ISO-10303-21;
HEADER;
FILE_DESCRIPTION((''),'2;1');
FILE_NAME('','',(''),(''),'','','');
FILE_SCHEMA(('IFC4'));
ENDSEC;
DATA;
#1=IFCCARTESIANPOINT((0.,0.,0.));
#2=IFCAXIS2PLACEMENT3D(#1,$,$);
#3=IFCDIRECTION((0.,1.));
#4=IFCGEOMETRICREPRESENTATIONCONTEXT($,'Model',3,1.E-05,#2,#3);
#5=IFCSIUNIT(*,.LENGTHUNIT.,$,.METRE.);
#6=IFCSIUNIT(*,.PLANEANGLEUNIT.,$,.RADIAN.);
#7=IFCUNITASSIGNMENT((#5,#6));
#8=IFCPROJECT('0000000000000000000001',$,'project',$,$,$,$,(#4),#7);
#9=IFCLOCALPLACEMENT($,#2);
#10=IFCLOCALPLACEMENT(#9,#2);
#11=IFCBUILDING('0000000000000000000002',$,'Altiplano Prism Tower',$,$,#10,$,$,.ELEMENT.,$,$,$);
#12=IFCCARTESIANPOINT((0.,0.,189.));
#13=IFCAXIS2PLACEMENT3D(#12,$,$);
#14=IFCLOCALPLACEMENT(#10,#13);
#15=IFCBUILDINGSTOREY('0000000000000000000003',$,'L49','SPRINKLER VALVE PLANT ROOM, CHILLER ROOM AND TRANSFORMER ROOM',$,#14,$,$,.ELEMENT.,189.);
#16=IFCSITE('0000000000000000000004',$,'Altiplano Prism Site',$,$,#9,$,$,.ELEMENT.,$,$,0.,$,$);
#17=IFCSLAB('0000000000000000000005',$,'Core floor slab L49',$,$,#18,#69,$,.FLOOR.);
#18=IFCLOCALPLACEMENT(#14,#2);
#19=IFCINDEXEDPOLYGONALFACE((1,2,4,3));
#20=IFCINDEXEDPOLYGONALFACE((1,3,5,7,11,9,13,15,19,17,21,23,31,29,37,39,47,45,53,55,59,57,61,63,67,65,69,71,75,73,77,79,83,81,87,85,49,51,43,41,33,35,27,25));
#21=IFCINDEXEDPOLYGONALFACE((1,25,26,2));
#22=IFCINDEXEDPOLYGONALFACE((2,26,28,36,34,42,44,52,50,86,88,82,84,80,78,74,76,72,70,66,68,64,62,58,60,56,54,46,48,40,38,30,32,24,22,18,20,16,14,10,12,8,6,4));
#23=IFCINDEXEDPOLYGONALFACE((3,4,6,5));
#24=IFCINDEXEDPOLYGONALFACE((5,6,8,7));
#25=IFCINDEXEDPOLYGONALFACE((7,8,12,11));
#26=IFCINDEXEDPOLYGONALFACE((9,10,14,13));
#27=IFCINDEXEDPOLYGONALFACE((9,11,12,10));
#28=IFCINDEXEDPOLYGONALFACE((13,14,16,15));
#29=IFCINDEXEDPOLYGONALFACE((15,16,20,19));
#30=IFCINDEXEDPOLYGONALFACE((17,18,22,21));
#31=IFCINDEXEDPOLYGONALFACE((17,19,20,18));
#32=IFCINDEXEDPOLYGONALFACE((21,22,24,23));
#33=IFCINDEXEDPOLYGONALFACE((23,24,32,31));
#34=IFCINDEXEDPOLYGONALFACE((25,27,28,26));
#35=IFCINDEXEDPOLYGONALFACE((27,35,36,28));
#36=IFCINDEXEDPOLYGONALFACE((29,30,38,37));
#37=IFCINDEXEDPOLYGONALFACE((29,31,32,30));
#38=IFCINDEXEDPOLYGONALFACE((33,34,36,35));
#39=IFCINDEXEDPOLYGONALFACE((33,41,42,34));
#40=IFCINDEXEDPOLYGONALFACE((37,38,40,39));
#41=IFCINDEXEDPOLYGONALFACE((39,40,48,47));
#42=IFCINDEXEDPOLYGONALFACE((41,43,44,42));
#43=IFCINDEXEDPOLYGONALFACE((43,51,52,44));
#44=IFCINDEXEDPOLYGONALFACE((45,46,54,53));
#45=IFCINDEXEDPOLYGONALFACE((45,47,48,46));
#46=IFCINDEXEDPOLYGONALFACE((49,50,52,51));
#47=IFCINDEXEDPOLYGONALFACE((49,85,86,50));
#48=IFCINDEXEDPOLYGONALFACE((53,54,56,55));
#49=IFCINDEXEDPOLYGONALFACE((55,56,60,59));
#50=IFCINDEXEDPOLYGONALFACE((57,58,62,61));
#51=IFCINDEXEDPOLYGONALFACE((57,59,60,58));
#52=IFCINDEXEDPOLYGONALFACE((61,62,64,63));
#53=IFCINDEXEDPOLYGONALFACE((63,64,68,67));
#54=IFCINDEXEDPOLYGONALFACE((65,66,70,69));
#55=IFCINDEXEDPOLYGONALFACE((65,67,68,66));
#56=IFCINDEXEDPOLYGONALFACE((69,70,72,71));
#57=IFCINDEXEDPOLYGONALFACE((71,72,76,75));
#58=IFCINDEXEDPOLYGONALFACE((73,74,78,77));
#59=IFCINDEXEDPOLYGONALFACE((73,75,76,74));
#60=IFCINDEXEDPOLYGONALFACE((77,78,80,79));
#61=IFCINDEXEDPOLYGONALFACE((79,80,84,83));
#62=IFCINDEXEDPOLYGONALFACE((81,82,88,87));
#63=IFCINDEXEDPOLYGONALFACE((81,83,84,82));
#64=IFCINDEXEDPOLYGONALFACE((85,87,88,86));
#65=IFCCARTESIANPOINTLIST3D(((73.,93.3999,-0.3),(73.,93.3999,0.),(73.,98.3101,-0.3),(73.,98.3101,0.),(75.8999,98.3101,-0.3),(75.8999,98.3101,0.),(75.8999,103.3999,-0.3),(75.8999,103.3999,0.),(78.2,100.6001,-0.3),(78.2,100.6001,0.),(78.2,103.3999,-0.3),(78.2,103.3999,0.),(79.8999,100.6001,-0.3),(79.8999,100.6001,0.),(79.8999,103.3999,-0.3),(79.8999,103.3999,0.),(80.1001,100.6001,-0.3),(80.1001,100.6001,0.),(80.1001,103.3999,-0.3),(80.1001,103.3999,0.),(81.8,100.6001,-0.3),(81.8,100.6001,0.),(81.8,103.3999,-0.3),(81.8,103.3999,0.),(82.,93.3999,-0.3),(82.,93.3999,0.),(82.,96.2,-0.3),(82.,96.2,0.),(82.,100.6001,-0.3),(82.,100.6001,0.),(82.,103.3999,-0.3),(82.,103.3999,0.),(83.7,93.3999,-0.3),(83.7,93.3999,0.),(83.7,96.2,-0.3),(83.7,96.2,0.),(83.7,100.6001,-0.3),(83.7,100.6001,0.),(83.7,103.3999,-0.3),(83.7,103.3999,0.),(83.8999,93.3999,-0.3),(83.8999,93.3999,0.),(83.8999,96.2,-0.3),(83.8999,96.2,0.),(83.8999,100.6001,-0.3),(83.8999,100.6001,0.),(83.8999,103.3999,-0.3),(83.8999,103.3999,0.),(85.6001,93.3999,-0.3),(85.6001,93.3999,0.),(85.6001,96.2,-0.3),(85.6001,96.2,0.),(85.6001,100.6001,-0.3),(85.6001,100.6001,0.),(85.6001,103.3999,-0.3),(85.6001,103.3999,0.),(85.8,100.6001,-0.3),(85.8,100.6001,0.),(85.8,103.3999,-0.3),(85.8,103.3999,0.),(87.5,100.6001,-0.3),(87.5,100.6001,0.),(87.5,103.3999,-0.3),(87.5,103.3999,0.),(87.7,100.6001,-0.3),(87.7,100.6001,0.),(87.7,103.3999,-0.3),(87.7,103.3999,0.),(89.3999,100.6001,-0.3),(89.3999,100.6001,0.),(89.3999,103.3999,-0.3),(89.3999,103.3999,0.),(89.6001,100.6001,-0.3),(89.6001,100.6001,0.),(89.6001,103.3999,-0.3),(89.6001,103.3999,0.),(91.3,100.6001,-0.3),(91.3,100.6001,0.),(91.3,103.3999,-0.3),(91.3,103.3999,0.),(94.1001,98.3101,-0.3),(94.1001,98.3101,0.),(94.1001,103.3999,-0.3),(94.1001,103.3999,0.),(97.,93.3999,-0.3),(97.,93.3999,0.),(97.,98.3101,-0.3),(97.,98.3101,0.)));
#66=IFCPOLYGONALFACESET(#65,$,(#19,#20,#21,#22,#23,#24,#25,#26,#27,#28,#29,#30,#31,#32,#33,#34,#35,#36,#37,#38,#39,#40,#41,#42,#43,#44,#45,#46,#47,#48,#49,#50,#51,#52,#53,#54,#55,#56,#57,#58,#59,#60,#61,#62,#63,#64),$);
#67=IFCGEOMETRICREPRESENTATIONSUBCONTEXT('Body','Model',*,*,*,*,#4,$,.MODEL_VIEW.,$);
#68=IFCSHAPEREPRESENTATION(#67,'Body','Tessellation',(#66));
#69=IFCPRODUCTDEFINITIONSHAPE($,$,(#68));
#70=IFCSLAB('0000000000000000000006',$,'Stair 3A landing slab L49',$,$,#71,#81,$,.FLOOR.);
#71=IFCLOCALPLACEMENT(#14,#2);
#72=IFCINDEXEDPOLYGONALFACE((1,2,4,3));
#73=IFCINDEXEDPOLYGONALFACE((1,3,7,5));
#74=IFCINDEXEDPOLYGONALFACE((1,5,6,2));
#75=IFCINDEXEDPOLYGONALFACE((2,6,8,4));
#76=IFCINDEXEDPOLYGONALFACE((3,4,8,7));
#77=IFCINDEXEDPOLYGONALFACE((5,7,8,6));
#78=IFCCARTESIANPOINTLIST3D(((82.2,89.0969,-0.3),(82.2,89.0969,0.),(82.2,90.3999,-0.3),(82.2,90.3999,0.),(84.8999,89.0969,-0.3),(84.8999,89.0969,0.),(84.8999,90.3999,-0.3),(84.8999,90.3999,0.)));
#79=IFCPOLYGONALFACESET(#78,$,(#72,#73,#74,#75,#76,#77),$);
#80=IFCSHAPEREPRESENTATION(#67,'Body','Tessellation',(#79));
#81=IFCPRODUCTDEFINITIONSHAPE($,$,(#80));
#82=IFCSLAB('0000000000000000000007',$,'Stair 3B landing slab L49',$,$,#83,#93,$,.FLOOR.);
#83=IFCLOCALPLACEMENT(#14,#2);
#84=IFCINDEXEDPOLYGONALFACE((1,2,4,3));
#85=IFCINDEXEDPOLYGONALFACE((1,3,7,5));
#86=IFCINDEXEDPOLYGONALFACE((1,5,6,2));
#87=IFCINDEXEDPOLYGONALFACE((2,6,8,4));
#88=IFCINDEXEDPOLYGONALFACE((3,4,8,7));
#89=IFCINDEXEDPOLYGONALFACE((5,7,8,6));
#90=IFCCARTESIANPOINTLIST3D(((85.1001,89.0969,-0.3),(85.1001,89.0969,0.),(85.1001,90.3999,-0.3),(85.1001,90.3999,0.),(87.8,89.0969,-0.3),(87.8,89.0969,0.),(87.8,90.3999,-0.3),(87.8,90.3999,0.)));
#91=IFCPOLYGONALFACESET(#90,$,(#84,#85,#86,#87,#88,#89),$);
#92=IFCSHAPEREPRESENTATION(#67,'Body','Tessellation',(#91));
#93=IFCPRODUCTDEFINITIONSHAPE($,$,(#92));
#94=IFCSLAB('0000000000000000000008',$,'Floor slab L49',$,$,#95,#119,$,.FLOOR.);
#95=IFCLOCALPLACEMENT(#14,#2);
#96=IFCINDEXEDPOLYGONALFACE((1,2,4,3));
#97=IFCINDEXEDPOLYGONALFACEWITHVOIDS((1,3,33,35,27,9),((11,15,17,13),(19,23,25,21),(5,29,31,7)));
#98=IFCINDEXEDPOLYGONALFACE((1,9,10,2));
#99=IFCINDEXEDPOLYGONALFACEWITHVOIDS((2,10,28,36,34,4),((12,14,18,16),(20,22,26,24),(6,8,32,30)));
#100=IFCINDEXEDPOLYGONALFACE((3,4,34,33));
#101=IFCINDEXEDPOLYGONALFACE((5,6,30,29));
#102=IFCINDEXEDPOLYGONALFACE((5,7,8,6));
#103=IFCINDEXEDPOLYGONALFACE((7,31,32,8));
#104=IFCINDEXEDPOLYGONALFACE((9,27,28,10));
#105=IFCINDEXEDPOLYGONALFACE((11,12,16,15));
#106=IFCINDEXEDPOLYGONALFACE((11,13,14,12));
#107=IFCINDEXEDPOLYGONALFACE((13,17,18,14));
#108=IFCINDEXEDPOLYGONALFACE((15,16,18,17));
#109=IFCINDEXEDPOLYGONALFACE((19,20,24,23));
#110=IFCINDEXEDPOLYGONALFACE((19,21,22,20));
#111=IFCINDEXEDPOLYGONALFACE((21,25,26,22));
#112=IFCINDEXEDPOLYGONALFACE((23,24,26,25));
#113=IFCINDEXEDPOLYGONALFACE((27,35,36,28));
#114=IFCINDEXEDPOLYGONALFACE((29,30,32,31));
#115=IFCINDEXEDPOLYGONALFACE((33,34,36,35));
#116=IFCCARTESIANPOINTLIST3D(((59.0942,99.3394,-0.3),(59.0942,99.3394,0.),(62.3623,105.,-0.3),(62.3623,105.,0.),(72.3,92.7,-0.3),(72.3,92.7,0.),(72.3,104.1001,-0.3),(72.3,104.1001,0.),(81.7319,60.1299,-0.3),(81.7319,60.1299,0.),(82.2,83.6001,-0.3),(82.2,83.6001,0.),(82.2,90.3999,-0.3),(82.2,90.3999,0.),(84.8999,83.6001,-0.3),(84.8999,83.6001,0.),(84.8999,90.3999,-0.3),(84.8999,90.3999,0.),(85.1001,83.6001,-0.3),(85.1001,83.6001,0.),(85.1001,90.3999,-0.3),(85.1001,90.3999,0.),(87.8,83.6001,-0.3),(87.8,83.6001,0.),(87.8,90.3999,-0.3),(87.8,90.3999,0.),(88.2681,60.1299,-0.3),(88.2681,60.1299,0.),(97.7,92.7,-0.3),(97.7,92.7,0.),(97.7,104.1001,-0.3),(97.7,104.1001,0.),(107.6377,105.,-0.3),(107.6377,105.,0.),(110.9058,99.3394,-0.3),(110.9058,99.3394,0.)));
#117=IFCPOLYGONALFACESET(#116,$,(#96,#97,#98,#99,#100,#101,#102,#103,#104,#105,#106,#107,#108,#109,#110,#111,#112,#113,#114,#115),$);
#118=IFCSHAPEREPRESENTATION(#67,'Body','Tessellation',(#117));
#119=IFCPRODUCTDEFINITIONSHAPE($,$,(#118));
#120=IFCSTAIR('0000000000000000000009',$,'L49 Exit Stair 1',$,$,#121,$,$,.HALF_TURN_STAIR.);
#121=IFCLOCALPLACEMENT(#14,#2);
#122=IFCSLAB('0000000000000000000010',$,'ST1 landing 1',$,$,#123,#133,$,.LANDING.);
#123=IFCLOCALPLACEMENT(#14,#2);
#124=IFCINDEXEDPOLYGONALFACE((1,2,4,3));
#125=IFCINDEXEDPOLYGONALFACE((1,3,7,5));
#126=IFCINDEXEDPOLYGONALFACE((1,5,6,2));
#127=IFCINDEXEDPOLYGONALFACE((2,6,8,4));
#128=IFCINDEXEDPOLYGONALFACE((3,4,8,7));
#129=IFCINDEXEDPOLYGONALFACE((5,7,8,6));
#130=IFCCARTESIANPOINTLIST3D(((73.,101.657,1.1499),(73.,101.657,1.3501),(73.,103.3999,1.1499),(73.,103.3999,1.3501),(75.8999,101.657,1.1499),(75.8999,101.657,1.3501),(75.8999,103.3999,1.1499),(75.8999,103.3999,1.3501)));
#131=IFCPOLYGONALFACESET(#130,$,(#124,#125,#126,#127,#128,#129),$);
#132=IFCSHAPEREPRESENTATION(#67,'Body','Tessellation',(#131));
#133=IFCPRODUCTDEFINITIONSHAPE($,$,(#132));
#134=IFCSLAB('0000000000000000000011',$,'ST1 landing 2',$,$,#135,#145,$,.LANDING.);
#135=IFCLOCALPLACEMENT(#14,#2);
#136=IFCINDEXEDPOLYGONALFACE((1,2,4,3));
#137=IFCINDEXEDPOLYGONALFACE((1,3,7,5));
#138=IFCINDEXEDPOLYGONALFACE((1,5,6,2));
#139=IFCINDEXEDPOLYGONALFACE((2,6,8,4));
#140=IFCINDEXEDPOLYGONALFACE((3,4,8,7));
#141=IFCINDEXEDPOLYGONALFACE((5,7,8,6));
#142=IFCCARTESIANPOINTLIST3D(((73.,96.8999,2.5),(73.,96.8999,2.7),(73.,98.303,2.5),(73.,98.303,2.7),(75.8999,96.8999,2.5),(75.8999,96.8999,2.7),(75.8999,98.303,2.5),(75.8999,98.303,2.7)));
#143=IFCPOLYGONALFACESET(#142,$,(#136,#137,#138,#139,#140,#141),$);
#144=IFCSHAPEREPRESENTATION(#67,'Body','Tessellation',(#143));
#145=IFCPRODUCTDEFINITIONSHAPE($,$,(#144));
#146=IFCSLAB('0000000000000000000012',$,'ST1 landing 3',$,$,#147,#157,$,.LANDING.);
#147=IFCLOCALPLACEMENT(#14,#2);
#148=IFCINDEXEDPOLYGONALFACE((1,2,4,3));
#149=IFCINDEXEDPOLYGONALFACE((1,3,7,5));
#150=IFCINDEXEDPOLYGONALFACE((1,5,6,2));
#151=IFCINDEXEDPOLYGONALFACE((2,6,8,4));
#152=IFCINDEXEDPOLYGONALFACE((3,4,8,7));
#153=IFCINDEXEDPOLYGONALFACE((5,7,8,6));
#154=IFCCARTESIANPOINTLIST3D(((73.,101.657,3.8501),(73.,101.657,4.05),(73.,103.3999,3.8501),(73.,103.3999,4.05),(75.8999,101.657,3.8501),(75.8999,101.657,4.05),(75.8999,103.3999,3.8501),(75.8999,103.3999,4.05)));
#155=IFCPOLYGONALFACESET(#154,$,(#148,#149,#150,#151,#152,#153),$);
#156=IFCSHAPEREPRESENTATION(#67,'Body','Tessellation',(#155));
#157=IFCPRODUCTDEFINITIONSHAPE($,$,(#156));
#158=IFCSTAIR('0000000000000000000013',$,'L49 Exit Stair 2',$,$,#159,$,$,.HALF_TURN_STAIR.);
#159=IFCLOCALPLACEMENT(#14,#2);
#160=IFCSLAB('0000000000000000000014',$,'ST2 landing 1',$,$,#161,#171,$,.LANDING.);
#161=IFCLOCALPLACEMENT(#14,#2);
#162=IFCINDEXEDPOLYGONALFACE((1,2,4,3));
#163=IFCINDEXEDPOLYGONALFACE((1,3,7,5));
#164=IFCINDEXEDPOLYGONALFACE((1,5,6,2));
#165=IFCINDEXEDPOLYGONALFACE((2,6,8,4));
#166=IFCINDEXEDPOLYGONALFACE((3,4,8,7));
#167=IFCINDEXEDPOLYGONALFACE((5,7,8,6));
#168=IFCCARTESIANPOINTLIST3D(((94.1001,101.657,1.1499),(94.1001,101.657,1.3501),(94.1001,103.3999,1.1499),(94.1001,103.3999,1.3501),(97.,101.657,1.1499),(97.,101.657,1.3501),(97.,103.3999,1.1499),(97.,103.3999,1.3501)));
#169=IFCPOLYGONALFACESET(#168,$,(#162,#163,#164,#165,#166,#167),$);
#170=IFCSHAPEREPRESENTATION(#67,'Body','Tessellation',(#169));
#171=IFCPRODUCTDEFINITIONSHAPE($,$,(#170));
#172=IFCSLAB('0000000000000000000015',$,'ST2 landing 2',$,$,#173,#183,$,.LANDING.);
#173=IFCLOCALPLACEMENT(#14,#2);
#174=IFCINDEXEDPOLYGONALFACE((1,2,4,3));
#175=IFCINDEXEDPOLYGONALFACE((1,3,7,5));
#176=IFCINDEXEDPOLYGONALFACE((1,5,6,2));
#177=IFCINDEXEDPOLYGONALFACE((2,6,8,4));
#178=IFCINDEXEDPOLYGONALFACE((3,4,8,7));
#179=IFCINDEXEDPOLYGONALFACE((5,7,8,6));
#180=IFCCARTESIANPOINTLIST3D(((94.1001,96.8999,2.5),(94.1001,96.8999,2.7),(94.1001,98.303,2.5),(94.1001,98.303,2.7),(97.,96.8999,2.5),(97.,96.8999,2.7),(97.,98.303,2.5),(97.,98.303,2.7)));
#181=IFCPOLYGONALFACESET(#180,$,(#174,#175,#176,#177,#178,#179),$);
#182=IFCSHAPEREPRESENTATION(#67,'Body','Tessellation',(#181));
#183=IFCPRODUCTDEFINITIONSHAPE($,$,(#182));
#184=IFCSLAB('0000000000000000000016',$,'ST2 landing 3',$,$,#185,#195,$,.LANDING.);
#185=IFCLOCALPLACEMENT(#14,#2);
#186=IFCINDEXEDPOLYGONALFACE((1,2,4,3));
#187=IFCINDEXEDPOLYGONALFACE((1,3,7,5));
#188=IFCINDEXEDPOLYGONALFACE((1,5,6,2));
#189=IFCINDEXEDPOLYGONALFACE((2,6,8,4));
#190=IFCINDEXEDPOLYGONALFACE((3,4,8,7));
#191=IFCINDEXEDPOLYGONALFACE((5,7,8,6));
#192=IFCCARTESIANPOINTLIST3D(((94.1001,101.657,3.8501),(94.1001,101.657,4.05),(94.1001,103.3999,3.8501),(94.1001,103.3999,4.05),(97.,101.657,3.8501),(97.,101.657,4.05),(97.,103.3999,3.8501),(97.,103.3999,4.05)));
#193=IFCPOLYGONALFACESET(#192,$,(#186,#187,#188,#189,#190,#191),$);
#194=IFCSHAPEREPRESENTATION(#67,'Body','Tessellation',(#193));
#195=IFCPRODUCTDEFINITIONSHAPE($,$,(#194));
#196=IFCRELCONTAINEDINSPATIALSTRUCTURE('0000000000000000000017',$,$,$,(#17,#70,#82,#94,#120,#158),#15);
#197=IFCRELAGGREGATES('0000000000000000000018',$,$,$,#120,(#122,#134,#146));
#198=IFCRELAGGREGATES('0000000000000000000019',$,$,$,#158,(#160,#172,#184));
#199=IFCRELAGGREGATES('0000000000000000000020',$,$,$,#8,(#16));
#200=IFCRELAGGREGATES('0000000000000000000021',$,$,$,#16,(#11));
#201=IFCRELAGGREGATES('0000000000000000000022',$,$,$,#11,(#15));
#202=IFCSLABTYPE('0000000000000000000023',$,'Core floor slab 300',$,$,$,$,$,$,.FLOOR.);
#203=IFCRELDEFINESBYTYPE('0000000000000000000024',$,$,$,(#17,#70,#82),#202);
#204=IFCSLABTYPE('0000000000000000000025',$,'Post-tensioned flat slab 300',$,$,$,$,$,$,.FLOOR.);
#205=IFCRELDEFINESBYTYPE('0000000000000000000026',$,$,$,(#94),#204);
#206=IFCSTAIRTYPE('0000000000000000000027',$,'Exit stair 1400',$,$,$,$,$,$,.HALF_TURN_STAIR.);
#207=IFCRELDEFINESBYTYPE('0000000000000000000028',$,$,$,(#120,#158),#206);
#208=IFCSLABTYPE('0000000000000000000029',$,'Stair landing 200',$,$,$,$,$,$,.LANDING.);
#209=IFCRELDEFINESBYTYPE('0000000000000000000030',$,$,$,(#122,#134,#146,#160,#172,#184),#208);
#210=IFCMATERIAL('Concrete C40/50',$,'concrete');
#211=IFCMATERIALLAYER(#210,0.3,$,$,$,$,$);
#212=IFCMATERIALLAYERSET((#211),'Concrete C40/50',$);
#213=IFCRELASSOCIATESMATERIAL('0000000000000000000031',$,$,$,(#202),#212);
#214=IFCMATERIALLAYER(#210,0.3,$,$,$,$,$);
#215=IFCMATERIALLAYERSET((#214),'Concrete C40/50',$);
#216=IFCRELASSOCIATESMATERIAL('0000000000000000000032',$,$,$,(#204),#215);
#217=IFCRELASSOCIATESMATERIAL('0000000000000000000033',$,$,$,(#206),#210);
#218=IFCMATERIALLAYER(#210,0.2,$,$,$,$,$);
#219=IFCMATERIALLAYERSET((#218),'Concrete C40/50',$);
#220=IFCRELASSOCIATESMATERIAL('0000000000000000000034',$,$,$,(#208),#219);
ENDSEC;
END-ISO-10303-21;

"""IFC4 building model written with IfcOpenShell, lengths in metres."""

from ifc_helpers import new_model, si_unit, direction, frame, origin, place, context, subcontext, project, spatial, polyline, outline, extrude, material, layer, layer_set, type_object, element, aggregate, save


model = new_model("IFC4")

# Units and contexts
model_context = context("Model", 3, precision=1e-05, world=origin(), true_north=direction((0.0, 1.0)))
body_context = subcontext(model_context, "Body", "Model", "MODEL_VIEW")
ifc_project = project(units=[si_unit("LENGTHUNIT", "METRE"), si_unit("PLANEANGLEUNIT", "RADIAN")], contexts=[model_context])

# Site, building, storey
site_placement = place(None, origin())
site = spatial("IfcSite", under=ifc_project, at=site_placement, Name="Altiplano Prism Site", CompositionType="ELEMENT", RefElevation=0.0)
building_placement = place(site_placement, origin())
building = spatial("IfcBuilding", under=site, at=building_placement, Name="Altiplano Prism Tower", CompositionType="ELEMENT")
storey_placement = place(building_placement, frame((0.0, 0.0, 189.0)))
storey = spatial("IfcBuildingStorey", under=building, at=storey_placement, Name="L49", Description="SPRINKLER VALVE PLANT ROOM, CHILLER ROOM AND TRANSFORMER ROOM", CompositionType="ELEMENT", Elevation=189.0)

# Slabs
ifc_material_1 = material(Name="Concrete C40/50", Category="concrete")
ifc_layer_1 = layer(ifc_material_1, 0.3)
ifc_layer_set_1 = layer_set([ifc_layer_1], Name="Concrete C40/50")
slab_type_1 = type_object("IfcSlabType", Name="Core floor slab 300", PredefinedType="FLOOR", material=ifc_layer_set_1)
slab_1_placement = place(storey_placement, frame((0.0, 0.0, -0.3)))
element("IfcSlab", 1, at=slab_1_placement, inside=storey, type_object=slab_type_1, Name="Core floor slab L49", PredefinedType="FLOOR", context=body_context, shape_type="SweptSolid", body=[
    extrude(outline(polyline([(97.0, 98.3101), (94.1001, 98.3101), (94.1001, 103.3999), (91.3, 103.3999), (91.3, 100.6001), (89.6001, 100.6001), (89.6001, 103.3999), (89.3999, 103.3999), (89.3999, 100.6001), (87.7, 100.6001), (87.7, 103.3999), (87.5, 103.3999), (87.5, 100.6001), (85.8, 100.6001), (85.8, 103.3999), (85.6001, 103.3999), (85.6001, 100.6001), (83.8999, 100.6001), (83.8999, 103.3999), (83.7, 103.3999), (83.7, 100.6001), (82.0, 100.6001), (82.0, 103.3999), (81.8, 103.3999), (81.8, 100.6001), (80.1001, 100.6001), (80.1001, 103.3999), (79.8999, 103.3999), (79.8999, 100.6001), (78.2, 100.6001), (78.2, 103.3999), (75.8999, 103.3999), (75.8999, 98.3101), (73.0, 98.3101), (73.0, 93.3999), (82.0, 93.3999), (82.0, 96.2), (83.7, 96.2), (83.7, 93.3999), (83.8999, 93.3999), (83.8999, 96.2), (85.6001, 96.2), (85.6001, 93.3999), (97.0, 93.3999), (97.0, 98.3101)])), origin(), (0.0, 0.0, 1.0), 0.3),
])
slab_2_placement = place(storey_placement, frame((0.0, 0.0, -0.3)))
element("IfcSlab", 2, at=slab_2_placement, inside=storey, type_object=slab_type_1, Name="Stair 3A landing slab L49", PredefinedType="FLOOR", context=body_context, shape_type="SweptSolid", body=[
    extrude(outline(polyline([(82.2, 89.0969), (84.8999, 89.0969), (84.8999, 90.3999), (82.2, 90.3999), (82.2, 89.0969)])), origin(), (0.0, 0.0, 1.0), 0.3),
])
slab_3_placement = place(storey_placement, frame((0.0, 0.0, -0.3)))
element("IfcSlab", 3, at=slab_3_placement, inside=storey, type_object=slab_type_1, Name="Stair 3B landing slab L49", PredefinedType="FLOOR", context=body_context, shape_type="SweptSolid", body=[
    extrude(outline(polyline([(85.1001, 89.0969), (87.8, 89.0969), (87.8, 90.3999), (85.1001, 90.3999), (85.1001, 89.0969)])), origin(), (0.0, 0.0, 1.0), 0.3),
])
ifc_layer_2 = layer(ifc_material_1, 0.3)
ifc_layer_set_2 = layer_set([ifc_layer_2], Name="Concrete C40/50")
slab_type_2 = type_object("IfcSlabType", Name="Post-tensioned flat slab 300", PredefinedType="FLOOR", material=ifc_layer_set_2)
slab_4_placement = place(storey_placement, frame((0.0, 0.0, -0.3)))
element("IfcSlab", 4, at=slab_4_placement, inside=storey, type_object=slab_type_2, Name="Floor slab L49", PredefinedType="FLOOR", context=body_context, shape_type="SweptSolid", body=[
    extrude(outline(polyline([(81.7319, 60.1299), (59.0942, 99.3394), (62.3623, 105.0), (107.6377, 105.0), (110.9058, 99.3394), (88.2681, 60.1299), (81.7319, 60.1299)]), holes=[polyline([(72.3, 104.1001), (72.3, 92.7), (97.7, 92.7), (97.7, 104.1001), (72.3, 104.1001)]), polyline([(84.8999, 90.3999), (82.2, 90.3999), (82.2, 83.6001), (84.8999, 83.6001), (84.8999, 90.3999)]), polyline([(87.8, 83.6001), (87.8, 90.3999), (85.1001, 90.3999), (85.1001, 83.6001), (87.8, 83.6001)])]), origin(), (0.0, 0.0, 1.0), 0.3),
])

# Stairs, slabs
stair_type_1 = type_object("IfcStairType", Name="Exit stair 1400", PredefinedType="HALF_TURN_STAIR", material=ifc_material_1)
stair_1_placement = place(storey_placement, origin())
stair_1 = element("IfcStair", 5, at=stair_1_placement, inside=storey, type_object=stair_type_1, Name="L49 Exit Stair 1", PredefinedType="HALF_TURN_STAIR")
ifc_layer_3 = layer(ifc_material_1, 0.2)
ifc_layer_set_3 = layer_set([ifc_layer_3], Name="Concrete C40/50")
slab_type_3 = type_object("IfcSlabType", Name="Stair landing 200", PredefinedType="LANDING", material=ifc_layer_set_3)
slab_5_placement = place(storey_placement, frame((0.0, 0.0, 1.1499)))
slab_5 = element("IfcSlab", 6, at=slab_5_placement, type_object=slab_type_3, Name="ST1 landing 1", PredefinedType="LANDING", context=body_context, shape_type="SweptSolid", body=[
    extrude(outline(polyline([(75.8999, 101.657), (75.8999, 103.3999), (73.0, 103.3999), (73.0, 101.657), (75.8999, 101.657)])), origin(), (0.0, 0.0, 1.0), 0.2002),
])
slab_6_placement = place(storey_placement, frame((0.0, 0.0, 2.5)))
slab_6 = element("IfcSlab", 7, at=slab_6_placement, type_object=slab_type_3, Name="ST1 landing 2", PredefinedType="LANDING", context=body_context, shape_type="SweptSolid", body=[
    extrude(outline(polyline([(75.8999, 96.8999), (75.8999, 98.303), (73.0, 98.303), (73.0, 96.8999), (75.8999, 96.8999)])), origin(), (0.0, 0.0, 1.0), 0.2),
])
slab_7_placement = place(storey_placement, frame((0.0, 0.0, 3.8501)))
slab_7 = element("IfcSlab", 8, at=slab_7_placement, type_object=slab_type_3, Name="ST1 landing 3", PredefinedType="LANDING", context=body_context, shape_type="SweptSolid", body=[
    extrude(outline(polyline([(75.8999, 101.657), (75.8999, 103.3999), (73.0, 103.3999), (73.0, 101.657), (75.8999, 101.657)])), origin(), (0.0, 0.0, 1.0), 0.2),
])
aggregate(stair_1, [slab_5, slab_6, slab_7])
stair_2_placement = place(storey_placement, origin())
stair_2 = element("IfcStair", 9, at=stair_2_placement, inside=storey, type_object=stair_type_1, Name="L49 Exit Stair 2", PredefinedType="HALF_TURN_STAIR")
slab_8_placement = place(storey_placement, frame((0.0, 0.0, 1.1499)))
slab_8 = element("IfcSlab", 10, at=slab_8_placement, type_object=slab_type_3, Name="ST2 landing 1", PredefinedType="LANDING", context=body_context, shape_type="SweptSolid", body=[
    extrude(outline(polyline([(97.0, 101.657), (97.0, 103.3999), (94.1001, 103.3999), (94.1001, 101.657), (97.0, 101.657)])), origin(), (0.0, 0.0, 1.0), 0.2002),
])
slab_9_placement = place(storey_placement, frame((0.0, 0.0, 2.5)))
slab_9 = element("IfcSlab", 11, at=slab_9_placement, type_object=slab_type_3, Name="ST2 landing 2", PredefinedType="LANDING", context=body_context, shape_type="SweptSolid", body=[
    extrude(outline(polyline([(97.0, 96.8999), (97.0, 98.303), (94.1001, 98.303), (94.1001, 96.8999), (97.0, 96.8999)])), origin(), (0.0, 0.0, 1.0), 0.2),
])
slab_10_placement = place(storey_placement, frame((0.0, 0.0, 3.8501)))
slab_10 = element("IfcSlab", 12, at=slab_10_placement, type_object=slab_type_3, Name="ST2 landing 3", PredefinedType="LANDING", context=body_context, shape_type="SweptSolid", body=[
    extrude(outline(polyline([(97.0, 101.657), (97.0, 103.3999), (94.1001, 103.3999), (94.1001, 101.657), (97.0, 101.657)])), origin(), (0.0, 0.0, 1.0), 0.2),
])
aggregate(stair_2, [slab_8, slab_9, slab_10])

save(model, "model.ifc")
